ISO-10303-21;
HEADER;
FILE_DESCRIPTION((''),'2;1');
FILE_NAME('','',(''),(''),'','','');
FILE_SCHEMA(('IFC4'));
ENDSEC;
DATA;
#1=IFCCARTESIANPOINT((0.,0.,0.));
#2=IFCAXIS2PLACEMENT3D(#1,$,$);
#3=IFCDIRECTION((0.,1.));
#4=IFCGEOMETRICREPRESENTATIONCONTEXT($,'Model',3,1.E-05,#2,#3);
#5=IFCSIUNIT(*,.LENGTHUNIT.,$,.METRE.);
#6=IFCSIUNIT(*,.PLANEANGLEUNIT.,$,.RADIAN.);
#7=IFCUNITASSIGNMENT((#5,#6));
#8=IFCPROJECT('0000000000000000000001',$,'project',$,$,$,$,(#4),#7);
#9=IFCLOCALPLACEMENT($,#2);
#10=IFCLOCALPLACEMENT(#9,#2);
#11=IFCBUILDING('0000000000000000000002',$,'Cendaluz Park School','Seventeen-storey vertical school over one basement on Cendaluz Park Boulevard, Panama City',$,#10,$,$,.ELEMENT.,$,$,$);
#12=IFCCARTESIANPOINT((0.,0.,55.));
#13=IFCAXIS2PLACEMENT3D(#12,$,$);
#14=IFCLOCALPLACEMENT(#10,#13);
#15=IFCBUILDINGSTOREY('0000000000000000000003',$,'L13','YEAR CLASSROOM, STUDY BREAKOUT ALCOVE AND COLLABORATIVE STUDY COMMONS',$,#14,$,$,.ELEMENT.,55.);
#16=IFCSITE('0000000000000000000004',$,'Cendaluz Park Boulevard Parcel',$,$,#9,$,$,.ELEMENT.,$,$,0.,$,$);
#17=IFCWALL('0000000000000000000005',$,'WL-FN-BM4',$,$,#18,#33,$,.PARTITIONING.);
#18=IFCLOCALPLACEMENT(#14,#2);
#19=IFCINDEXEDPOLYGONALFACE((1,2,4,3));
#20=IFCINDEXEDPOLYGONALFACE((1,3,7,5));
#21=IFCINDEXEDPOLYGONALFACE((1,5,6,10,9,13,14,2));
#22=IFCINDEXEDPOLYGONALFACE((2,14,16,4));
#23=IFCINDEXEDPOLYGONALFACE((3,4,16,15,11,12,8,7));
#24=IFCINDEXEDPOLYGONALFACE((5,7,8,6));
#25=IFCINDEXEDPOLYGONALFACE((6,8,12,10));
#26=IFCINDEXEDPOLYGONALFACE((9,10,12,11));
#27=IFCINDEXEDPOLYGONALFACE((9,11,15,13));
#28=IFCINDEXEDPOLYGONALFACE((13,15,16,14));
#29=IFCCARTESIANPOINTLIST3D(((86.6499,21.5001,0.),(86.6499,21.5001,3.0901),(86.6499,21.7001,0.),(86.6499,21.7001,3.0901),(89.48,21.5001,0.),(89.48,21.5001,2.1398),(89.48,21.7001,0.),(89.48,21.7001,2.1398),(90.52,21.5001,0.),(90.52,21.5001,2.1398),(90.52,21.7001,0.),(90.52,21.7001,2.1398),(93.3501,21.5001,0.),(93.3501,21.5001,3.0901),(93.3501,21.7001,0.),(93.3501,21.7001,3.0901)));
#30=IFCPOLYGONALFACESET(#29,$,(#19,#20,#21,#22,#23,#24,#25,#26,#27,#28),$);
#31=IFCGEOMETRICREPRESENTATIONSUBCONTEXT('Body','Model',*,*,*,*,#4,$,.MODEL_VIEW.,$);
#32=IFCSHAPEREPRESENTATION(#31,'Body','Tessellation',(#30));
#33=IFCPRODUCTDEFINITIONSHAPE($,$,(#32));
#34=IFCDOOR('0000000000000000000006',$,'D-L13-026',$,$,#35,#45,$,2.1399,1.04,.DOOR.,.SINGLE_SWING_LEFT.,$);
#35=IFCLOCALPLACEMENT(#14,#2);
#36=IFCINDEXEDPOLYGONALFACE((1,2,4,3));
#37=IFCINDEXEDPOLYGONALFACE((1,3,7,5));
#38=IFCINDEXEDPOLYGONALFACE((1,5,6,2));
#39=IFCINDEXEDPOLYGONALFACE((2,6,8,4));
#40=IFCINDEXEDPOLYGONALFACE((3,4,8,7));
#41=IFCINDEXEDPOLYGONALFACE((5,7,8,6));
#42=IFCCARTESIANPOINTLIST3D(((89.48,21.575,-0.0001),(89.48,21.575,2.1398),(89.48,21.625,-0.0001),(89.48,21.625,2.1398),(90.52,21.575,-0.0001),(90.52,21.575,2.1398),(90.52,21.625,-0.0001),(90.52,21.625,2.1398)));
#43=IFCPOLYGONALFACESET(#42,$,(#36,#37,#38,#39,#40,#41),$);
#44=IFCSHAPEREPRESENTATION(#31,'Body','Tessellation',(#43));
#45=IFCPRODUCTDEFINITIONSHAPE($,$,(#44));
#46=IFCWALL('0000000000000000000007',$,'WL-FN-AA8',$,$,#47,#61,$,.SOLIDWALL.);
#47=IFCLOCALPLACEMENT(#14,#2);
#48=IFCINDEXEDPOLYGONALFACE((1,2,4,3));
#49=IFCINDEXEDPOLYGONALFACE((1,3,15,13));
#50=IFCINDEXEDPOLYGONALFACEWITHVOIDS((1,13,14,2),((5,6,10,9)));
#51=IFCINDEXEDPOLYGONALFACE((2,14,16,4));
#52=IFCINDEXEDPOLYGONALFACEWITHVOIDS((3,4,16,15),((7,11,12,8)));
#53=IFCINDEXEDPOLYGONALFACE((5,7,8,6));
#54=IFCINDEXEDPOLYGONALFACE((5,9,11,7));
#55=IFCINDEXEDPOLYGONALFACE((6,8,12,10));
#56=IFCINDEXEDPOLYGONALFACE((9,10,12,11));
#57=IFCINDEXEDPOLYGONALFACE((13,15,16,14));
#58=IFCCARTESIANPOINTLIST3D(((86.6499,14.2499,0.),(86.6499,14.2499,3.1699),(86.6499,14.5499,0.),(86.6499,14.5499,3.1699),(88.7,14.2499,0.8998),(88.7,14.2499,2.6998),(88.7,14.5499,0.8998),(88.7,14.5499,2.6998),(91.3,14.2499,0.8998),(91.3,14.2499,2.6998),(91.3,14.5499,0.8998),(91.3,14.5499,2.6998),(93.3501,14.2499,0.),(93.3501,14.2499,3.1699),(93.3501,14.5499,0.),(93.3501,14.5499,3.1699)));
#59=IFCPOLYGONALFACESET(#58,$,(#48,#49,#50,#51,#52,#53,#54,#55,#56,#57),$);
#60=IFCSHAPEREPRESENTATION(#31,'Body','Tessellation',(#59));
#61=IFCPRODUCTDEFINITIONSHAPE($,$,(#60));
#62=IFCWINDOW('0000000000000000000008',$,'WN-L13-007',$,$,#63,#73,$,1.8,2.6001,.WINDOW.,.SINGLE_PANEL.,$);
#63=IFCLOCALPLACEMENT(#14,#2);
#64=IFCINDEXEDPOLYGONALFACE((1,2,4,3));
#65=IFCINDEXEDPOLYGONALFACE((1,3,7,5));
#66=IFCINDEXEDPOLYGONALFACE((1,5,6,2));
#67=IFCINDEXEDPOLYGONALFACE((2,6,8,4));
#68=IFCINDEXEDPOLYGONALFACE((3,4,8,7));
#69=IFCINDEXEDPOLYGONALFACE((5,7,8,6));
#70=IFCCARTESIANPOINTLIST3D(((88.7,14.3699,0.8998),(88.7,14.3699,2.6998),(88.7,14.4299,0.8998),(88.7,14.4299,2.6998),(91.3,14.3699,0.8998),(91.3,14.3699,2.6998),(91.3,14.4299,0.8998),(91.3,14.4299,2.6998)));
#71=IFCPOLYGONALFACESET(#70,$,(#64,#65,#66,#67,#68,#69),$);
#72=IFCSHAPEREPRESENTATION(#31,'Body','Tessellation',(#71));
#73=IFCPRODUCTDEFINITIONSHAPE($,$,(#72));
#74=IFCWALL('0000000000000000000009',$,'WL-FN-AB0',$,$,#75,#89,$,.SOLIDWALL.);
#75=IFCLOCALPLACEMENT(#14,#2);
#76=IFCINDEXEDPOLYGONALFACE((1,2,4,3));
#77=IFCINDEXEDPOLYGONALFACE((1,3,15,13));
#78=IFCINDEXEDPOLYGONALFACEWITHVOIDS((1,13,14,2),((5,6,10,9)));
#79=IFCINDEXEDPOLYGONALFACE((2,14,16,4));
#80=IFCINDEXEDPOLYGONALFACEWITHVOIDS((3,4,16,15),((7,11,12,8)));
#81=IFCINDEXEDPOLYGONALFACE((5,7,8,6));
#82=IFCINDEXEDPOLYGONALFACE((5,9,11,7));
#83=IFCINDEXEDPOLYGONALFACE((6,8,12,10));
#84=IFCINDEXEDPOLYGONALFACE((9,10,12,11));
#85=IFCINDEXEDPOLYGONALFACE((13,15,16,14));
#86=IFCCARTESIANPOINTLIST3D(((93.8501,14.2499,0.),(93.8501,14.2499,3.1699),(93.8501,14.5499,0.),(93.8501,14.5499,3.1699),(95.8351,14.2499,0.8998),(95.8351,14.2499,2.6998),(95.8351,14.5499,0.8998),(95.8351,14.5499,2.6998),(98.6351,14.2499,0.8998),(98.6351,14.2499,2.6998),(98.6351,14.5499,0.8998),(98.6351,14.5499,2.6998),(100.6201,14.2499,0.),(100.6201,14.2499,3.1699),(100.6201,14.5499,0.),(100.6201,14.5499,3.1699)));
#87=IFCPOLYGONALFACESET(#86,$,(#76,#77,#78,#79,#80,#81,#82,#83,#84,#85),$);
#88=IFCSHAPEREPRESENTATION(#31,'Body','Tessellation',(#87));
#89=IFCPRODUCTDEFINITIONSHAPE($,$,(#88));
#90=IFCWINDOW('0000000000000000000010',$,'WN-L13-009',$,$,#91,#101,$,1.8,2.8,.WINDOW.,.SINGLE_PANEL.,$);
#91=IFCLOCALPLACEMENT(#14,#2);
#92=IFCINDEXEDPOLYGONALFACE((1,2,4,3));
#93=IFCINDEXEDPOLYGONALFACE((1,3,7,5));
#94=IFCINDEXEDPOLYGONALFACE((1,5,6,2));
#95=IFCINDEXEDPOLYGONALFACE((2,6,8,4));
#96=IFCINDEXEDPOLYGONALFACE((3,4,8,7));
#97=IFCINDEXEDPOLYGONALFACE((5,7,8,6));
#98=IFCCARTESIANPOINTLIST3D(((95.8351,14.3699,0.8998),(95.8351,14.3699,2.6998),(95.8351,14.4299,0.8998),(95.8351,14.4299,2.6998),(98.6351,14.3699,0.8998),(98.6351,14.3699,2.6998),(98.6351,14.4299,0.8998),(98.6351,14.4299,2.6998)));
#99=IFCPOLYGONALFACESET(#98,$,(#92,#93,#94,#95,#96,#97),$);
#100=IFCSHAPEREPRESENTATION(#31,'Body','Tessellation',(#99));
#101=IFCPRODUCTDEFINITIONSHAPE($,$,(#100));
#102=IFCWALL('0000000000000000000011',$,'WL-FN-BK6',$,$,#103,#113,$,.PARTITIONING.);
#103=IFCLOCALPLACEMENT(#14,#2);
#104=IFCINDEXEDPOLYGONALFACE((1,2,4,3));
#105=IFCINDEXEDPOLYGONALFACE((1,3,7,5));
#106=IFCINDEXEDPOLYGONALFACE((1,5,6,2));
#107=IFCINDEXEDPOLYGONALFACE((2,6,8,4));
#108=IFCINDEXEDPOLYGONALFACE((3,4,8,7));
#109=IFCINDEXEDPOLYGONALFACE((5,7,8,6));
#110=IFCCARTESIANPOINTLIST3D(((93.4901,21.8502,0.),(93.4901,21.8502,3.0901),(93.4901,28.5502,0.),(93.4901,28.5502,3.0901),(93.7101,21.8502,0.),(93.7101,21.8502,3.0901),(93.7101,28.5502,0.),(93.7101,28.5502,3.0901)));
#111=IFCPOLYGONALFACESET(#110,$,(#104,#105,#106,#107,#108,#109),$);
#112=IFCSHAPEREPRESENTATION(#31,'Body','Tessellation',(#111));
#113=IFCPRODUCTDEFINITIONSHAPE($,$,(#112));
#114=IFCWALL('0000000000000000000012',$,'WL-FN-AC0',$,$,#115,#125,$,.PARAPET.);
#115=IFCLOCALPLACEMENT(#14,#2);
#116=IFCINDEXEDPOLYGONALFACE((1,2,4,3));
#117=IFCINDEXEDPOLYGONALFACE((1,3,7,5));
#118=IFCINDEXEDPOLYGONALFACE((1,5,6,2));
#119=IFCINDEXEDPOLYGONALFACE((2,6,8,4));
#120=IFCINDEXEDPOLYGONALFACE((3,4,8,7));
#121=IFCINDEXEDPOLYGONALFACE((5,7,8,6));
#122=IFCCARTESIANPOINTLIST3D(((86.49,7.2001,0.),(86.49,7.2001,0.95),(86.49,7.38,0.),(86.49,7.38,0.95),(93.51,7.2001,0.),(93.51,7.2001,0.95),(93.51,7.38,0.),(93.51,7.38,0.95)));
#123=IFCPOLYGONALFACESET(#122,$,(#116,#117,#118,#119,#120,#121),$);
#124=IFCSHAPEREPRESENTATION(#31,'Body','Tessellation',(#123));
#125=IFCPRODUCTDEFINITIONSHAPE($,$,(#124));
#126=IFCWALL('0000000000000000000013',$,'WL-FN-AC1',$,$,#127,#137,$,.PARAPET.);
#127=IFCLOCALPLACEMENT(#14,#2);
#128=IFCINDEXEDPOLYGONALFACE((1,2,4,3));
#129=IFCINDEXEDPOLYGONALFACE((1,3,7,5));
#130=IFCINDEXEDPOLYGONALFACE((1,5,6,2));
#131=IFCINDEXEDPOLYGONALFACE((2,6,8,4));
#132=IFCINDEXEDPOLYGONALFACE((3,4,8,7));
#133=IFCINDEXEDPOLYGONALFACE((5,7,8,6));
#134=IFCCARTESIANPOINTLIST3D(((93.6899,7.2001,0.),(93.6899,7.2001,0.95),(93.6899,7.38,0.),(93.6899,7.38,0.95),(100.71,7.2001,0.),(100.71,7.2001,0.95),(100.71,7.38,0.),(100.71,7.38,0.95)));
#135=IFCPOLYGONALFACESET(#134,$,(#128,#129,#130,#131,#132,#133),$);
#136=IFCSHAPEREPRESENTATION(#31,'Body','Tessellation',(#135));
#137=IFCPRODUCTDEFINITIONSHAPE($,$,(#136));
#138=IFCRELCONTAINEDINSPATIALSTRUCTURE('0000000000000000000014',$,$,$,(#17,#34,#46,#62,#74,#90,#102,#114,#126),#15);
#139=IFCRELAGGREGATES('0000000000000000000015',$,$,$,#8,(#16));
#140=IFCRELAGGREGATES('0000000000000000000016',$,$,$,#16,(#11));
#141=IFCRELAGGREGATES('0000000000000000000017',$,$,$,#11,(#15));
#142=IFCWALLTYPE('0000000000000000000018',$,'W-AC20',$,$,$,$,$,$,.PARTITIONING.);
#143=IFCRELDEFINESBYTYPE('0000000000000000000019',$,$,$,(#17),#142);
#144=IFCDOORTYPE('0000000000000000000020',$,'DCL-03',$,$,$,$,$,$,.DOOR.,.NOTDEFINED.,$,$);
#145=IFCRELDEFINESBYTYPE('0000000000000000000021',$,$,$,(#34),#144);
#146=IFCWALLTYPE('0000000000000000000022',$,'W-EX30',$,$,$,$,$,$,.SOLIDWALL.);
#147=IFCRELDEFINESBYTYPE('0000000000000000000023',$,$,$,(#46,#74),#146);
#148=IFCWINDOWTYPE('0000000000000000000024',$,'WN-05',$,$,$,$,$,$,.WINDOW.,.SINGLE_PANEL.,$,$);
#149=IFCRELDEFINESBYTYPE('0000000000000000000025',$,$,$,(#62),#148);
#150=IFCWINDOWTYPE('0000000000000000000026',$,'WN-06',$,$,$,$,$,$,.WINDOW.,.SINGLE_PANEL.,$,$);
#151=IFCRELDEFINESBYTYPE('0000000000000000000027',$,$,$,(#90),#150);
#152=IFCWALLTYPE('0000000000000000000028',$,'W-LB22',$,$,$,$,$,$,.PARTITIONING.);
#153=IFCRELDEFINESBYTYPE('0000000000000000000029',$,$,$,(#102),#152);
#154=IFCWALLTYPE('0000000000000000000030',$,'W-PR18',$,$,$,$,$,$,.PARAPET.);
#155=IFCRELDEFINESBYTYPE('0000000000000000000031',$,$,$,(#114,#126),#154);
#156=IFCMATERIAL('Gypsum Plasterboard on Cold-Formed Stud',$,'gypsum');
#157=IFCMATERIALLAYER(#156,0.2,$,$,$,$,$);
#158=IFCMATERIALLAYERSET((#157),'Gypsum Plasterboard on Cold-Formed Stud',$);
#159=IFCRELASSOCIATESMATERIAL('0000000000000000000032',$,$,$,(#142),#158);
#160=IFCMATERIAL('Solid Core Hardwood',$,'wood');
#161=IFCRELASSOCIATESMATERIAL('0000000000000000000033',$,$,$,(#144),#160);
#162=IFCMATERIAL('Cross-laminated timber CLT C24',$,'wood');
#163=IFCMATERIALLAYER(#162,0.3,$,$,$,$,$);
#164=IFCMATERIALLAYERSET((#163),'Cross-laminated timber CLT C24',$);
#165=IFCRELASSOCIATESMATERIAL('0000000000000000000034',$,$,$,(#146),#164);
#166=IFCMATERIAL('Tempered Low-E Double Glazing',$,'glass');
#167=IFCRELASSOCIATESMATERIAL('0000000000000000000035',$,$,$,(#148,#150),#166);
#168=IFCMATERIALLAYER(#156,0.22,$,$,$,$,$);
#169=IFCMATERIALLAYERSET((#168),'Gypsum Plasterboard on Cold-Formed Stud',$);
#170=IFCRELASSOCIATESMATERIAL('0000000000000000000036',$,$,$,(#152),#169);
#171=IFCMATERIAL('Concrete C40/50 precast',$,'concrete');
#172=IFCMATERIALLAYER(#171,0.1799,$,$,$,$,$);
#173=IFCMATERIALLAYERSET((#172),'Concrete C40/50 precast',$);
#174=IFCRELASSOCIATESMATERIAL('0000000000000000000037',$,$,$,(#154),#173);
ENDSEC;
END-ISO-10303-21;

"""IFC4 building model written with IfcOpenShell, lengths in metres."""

from ifc_helpers import new_model, si_unit, direction, frame, frame_2d, origin, place, context, subcontext, project, spatial, rectangle, extrude, material, layer, layer_set, type_object, element, fill, save


model = new_model("IFC4")

# Units and contexts
model_context = context("Model", 3, precision=1e-05, world=origin(), true_north=direction((0.0, 1.0)))
body_context = subcontext(model_context, "Body", "Model", "MODEL_VIEW")
ifc_project = project(units=[si_unit("LENGTHUNIT", "METRE"), si_unit("PLANEANGLEUNIT", "RADIAN")], contexts=[model_context])

# Site, building, storey
site_placement = place(None, origin())
site = spatial("IfcSite", under=ifc_project, at=site_placement, Name="Cendaluz Park Boulevard Parcel", CompositionType="ELEMENT", RefElevation=0.0)
building_placement = place(site_placement, origin())
building = spatial("IfcBuilding", under=site, at=building_placement, Name="Cendaluz Park School", Description="Seventeen-storey vertical school over one basement on Cendaluz Park Boulevard, Panama City", CompositionType="ELEMENT")
storey_placement = place(building_placement, frame((0.0, 0.0, 55.0)))
storey = spatial("IfcBuildingStorey", under=building, at=storey_placement, Name="L13", Description="YEAR CLASSROOM, STUDY BREAKOUT ALCOVE AND COLLABORATIVE STUDY COMMONS", CompositionType="ELEMENT", Elevation=55.0)

# Shared definitions
ifc_material_1 = material(Name="Gypsum Plasterboard on Cold-Formed Stud", Category="gypsum")
ifc_layer_1 = layer(ifc_material_1, 0.2)
ifc_layer_set_1 = layer_set([ifc_layer_1], Name="Gypsum Plasterboard on Cold-Formed Stud")
wall_type_1 = type_object("IfcWallType", Name="W-AC20", PredefinedType="PARTITIONING", material=ifc_layer_set_1)

# Wall, opening, door
wall_1_placement = place(storey_placement, frame((86.6499, 21.6001, 0.0), z_axis=(0.0, 0.0, 1.0), x_axis=(1.0, 0.0, 0.0)))
wall_1 = element("IfcWall", 1, at=wall_1_placement, inside=storey, type_object=wall_type_1, Name="WL-FN-BM4", PredefinedType="PARTITIONING", context=body_context, shape_type="SweptSolid", body=[
    extrude(rectangle(XDim=6.7002, YDim=0.2, at=frame_2d((3.3501, 0.0))), origin(), (0.0, 0.0, 1.0), 3.0901),
])
opening_1_placement = place(wall_1_placement, frame((2.8301, 0.0, 0.0)))
opening_1 = element("IfcOpeningElement", 2, at=opening_1_placement, cuts=wall_1, PredefinedType="OPENING", context=body_context, shape_type="SweptSolid", body=[
    extrude(rectangle(XDim=1.04, YDim=2.1399, at=frame_2d((0.52, 1.0698))), frame((0.0, 0.1121, 0.0), z_axis=(0.0, -1.0, 0.0), x_axis=(1.0, 0.0, 0.0)), (0.0, 0.0, 1.0), 0.2239),
])
ifc_material_2 = material(Name="Solid Core Hardwood", Category="wood")
door_type = type_object("IfcDoorType", Name="DCL-03", OperationType="NOTDEFINED", PredefinedType="DOOR", material=ifc_material_2)
door_placement = place(opening_1_placement, origin())
door = element("IfcDoor", 3, at=door_placement, inside=storey, type_object=door_type, Name="D-L13-026", OperationType="SINGLE_SWING_LEFT", OverallHeight=2.1399, OverallWidth=1.04, PredefinedType="DOOR", context=body_context, shape_type="SweptSolid", body=[
    extrude(rectangle(XDim=1.04, YDim=2.1399, at=frame_2d((0.52, 1.0698))), frame((0.0, 0.0249, 0.0), z_axis=(0.0, -1.0, 0.0), x_axis=(1.0, 0.0, 0.0)), (0.0, 0.0, 1.0), 0.05),
])
fill(opening_1, door)

# Walls, openings, windows
ifc_material_3 = material(Name="Cross-laminated timber CLT C24", Category="wood")
ifc_layer_2 = layer(ifc_material_3, 0.3)
ifc_layer_set_2 = layer_set([ifc_layer_2], Name="Cross-laminated timber CLT C24")
wall_type_2 = type_object("IfcWallType", Name="W-EX30", PredefinedType="SOLIDWALL", material=ifc_layer_set_2)
wall_2_placement = place(storey_placement, frame((86.6499, 14.3999, 0.0), z_axis=(0.0, 0.0, 1.0), x_axis=(1.0, 0.0, 0.0)))
wall_2 = element("IfcWall", 4, at=wall_2_placement, inside=storey, type_object=wall_type_2, Name="WL-FN-AA8", PredefinedType="SOLIDWALL", context=body_context, shape_type="SweptSolid", body=[
    extrude(rectangle(XDim=6.7002, YDim=0.3, at=frame_2d((3.3501, 0.0))), origin(), (0.0, 0.0, 1.0), 3.1699),
])
opening_2_placement = place(wall_2_placement, frame((2.05, 0.0, 0.8999)))
opening_2 = element("IfcOpeningElement", 5, at=opening_2_placement, cuts=wall_2, PredefinedType="OPENING", context=body_context, shape_type="SweptSolid", body=[
    extrude(rectangle(XDim=2.6001, YDim=1.8, at=frame_2d((1.3, 0.8999))), frame((0.0, 0.1621, 0.0), z_axis=(0.0, -1.0, 0.0), x_axis=(1.0, 0.0, 0.0)), (0.0, 0.0, 1.0), 0.324),
])
ifc_material_4 = material(Name="Tempered Low-E Double Glazing", Category="glass")
window_type_1 = type_object("IfcWindowType", Name="WN-05", PartitioningType="SINGLE_PANEL", PredefinedType="WINDOW", material=ifc_material_4)
window_1_placement = place(opening_2_placement, origin())
window_1 = element("IfcWindow", 6, at=window_1_placement, inside=storey, type_object=window_type_1, Name="WN-L13-007", OverallHeight=1.8, OverallWidth=2.6001, PartitioningType="SINGLE_PANEL", PredefinedType="WINDOW", context=body_context, shape_type="SweptSolid", body=[
    extrude(rectangle(XDim=2.6001, YDim=1.8, at=frame_2d((1.3, 0.8999))), frame((0.0, 0.03, 0.0), z_axis=(0.0, -1.0, 0.0), x_axis=(1.0, 0.0, 0.0)), (0.0, 0.0, 1.0), 0.0601),
])
fill(opening_2, window_1)
wall_3_placement = place(storey_placement, frame((93.8501, 14.3999, 0.0), z_axis=(0.0, 0.0, 1.0), x_axis=(1.0, 0.0, 0.0)))
wall_3 = element("IfcWall", 7, at=wall_3_placement, inside=storey, type_object=wall_type_2, Name="WL-FN-AB0", PredefinedType="SOLIDWALL", context=body_context, shape_type="SweptSolid", body=[
    extrude(rectangle(XDim=6.77, YDim=0.3, at=frame_2d((3.385, 0.0))), origin(), (0.0, 0.0, 1.0), 3.1699),
])
opening_3_placement = place(wall_3_placement, frame((1.9851, 0.0, 0.8999)))
opening_3 = element("IfcOpeningElement", 8, at=opening_3_placement, cuts=wall_3, PredefinedType="OPENING", context=body_context, shape_type="SweptSolid", body=[
    extrude(rectangle(XDim=2.8, YDim=1.8, at=frame_2d((1.3999, 0.8999))), frame((0.0, 0.1621, 0.0), z_axis=(0.0, -1.0, 0.0), x_axis=(1.0, 0.0, 0.0)), (0.0, 0.0, 1.0), 0.324),
])
window_type_2 = type_object("IfcWindowType", Name="WN-06", PartitioningType="SINGLE_PANEL", PredefinedType="WINDOW", material=ifc_material_4)
window_2_placement = place(opening_3_placement, origin())
window_2 = element("IfcWindow", 9, at=window_2_placement, inside=storey, type_object=window_type_2, Name="WN-L13-009", OverallHeight=1.8, OverallWidth=2.8, PartitioningType="SINGLE_PANEL", PredefinedType="WINDOW", context=body_context, shape_type="SweptSolid", body=[
    extrude(rectangle(XDim=2.8, YDim=1.8, at=frame_2d((1.3999, 0.8999))), frame((0.0, 0.03, 0.0), z_axis=(0.0, -1.0, 0.0), x_axis=(1.0, 0.0, 0.0)), (0.0, 0.0, 1.0), 0.0601),
])
fill(opening_3, window_2)

# Walls
ifc_layer_3 = layer(ifc_material_1, 0.22)
ifc_layer_set_3 = layer_set([ifc_layer_3], Name="Gypsum Plasterboard on Cold-Formed Stud")
wall_type_3 = type_object("IfcWallType", Name="W-LB22", PredefinedType="PARTITIONING", material=ifc_layer_set_3)
wall_4_placement = place(storey_placement, frame((93.6001, 21.8501, 0.0), z_axis=(0.0, 0.0, 1.0), x_axis=(0.0, 1.0, 0.0)))
element("IfcWall", 10, at=wall_4_placement, inside=storey, type_object=wall_type_3, Name="WL-FN-BK6", PredefinedType="PARTITIONING", context=body_context, shape_type="SweptSolid", body=[
    extrude(rectangle(XDim=6.7, YDim=0.22, at=frame_2d((3.3501, 0.0))), origin(), (0.0, 0.0, 1.0), 3.0901),
])
ifc_material_5 = material(Name="Concrete C40/50 precast", Category="concrete")
ifc_layer_4 = layer(ifc_material_5, 0.1799)
ifc_layer_set_4 = layer_set([ifc_layer_4], Name="Concrete C40/50 precast")
wall_type_4 = type_object("IfcWallType", Name="W-PR18", PredefinedType="PARAPET", material=ifc_layer_set_4)
for number, where, z_axis, x_axis, name in (
    (11, (86.49, 7.29, 0.0), (0.0, 0.0, 1.0), (1.0, 0.0, 0.0), "WL-FN-AC0"),
    (12, (93.6899, 7.29, 0.0), (0.0, 0.0, 1.0), (1.0, 0.0, 0.0), "WL-FN-AC1"),
):
    element("IfcWall", number, at=place(storey_placement, frame(where, z_axis=z_axis, x_axis=x_axis)), inside=storey, type_object=wall_type_4, Name=name, PredefinedType="PARAPET", context=body_context, shape_type="SweptSolid", body=[
        extrude(rectangle(XDim=7.02, YDim=0.1799, at=frame_2d((3.51, 0.0))), origin(), (0.0, 0.0, 1.0), 0.95),
    ])

save(model, "model.ifc")
